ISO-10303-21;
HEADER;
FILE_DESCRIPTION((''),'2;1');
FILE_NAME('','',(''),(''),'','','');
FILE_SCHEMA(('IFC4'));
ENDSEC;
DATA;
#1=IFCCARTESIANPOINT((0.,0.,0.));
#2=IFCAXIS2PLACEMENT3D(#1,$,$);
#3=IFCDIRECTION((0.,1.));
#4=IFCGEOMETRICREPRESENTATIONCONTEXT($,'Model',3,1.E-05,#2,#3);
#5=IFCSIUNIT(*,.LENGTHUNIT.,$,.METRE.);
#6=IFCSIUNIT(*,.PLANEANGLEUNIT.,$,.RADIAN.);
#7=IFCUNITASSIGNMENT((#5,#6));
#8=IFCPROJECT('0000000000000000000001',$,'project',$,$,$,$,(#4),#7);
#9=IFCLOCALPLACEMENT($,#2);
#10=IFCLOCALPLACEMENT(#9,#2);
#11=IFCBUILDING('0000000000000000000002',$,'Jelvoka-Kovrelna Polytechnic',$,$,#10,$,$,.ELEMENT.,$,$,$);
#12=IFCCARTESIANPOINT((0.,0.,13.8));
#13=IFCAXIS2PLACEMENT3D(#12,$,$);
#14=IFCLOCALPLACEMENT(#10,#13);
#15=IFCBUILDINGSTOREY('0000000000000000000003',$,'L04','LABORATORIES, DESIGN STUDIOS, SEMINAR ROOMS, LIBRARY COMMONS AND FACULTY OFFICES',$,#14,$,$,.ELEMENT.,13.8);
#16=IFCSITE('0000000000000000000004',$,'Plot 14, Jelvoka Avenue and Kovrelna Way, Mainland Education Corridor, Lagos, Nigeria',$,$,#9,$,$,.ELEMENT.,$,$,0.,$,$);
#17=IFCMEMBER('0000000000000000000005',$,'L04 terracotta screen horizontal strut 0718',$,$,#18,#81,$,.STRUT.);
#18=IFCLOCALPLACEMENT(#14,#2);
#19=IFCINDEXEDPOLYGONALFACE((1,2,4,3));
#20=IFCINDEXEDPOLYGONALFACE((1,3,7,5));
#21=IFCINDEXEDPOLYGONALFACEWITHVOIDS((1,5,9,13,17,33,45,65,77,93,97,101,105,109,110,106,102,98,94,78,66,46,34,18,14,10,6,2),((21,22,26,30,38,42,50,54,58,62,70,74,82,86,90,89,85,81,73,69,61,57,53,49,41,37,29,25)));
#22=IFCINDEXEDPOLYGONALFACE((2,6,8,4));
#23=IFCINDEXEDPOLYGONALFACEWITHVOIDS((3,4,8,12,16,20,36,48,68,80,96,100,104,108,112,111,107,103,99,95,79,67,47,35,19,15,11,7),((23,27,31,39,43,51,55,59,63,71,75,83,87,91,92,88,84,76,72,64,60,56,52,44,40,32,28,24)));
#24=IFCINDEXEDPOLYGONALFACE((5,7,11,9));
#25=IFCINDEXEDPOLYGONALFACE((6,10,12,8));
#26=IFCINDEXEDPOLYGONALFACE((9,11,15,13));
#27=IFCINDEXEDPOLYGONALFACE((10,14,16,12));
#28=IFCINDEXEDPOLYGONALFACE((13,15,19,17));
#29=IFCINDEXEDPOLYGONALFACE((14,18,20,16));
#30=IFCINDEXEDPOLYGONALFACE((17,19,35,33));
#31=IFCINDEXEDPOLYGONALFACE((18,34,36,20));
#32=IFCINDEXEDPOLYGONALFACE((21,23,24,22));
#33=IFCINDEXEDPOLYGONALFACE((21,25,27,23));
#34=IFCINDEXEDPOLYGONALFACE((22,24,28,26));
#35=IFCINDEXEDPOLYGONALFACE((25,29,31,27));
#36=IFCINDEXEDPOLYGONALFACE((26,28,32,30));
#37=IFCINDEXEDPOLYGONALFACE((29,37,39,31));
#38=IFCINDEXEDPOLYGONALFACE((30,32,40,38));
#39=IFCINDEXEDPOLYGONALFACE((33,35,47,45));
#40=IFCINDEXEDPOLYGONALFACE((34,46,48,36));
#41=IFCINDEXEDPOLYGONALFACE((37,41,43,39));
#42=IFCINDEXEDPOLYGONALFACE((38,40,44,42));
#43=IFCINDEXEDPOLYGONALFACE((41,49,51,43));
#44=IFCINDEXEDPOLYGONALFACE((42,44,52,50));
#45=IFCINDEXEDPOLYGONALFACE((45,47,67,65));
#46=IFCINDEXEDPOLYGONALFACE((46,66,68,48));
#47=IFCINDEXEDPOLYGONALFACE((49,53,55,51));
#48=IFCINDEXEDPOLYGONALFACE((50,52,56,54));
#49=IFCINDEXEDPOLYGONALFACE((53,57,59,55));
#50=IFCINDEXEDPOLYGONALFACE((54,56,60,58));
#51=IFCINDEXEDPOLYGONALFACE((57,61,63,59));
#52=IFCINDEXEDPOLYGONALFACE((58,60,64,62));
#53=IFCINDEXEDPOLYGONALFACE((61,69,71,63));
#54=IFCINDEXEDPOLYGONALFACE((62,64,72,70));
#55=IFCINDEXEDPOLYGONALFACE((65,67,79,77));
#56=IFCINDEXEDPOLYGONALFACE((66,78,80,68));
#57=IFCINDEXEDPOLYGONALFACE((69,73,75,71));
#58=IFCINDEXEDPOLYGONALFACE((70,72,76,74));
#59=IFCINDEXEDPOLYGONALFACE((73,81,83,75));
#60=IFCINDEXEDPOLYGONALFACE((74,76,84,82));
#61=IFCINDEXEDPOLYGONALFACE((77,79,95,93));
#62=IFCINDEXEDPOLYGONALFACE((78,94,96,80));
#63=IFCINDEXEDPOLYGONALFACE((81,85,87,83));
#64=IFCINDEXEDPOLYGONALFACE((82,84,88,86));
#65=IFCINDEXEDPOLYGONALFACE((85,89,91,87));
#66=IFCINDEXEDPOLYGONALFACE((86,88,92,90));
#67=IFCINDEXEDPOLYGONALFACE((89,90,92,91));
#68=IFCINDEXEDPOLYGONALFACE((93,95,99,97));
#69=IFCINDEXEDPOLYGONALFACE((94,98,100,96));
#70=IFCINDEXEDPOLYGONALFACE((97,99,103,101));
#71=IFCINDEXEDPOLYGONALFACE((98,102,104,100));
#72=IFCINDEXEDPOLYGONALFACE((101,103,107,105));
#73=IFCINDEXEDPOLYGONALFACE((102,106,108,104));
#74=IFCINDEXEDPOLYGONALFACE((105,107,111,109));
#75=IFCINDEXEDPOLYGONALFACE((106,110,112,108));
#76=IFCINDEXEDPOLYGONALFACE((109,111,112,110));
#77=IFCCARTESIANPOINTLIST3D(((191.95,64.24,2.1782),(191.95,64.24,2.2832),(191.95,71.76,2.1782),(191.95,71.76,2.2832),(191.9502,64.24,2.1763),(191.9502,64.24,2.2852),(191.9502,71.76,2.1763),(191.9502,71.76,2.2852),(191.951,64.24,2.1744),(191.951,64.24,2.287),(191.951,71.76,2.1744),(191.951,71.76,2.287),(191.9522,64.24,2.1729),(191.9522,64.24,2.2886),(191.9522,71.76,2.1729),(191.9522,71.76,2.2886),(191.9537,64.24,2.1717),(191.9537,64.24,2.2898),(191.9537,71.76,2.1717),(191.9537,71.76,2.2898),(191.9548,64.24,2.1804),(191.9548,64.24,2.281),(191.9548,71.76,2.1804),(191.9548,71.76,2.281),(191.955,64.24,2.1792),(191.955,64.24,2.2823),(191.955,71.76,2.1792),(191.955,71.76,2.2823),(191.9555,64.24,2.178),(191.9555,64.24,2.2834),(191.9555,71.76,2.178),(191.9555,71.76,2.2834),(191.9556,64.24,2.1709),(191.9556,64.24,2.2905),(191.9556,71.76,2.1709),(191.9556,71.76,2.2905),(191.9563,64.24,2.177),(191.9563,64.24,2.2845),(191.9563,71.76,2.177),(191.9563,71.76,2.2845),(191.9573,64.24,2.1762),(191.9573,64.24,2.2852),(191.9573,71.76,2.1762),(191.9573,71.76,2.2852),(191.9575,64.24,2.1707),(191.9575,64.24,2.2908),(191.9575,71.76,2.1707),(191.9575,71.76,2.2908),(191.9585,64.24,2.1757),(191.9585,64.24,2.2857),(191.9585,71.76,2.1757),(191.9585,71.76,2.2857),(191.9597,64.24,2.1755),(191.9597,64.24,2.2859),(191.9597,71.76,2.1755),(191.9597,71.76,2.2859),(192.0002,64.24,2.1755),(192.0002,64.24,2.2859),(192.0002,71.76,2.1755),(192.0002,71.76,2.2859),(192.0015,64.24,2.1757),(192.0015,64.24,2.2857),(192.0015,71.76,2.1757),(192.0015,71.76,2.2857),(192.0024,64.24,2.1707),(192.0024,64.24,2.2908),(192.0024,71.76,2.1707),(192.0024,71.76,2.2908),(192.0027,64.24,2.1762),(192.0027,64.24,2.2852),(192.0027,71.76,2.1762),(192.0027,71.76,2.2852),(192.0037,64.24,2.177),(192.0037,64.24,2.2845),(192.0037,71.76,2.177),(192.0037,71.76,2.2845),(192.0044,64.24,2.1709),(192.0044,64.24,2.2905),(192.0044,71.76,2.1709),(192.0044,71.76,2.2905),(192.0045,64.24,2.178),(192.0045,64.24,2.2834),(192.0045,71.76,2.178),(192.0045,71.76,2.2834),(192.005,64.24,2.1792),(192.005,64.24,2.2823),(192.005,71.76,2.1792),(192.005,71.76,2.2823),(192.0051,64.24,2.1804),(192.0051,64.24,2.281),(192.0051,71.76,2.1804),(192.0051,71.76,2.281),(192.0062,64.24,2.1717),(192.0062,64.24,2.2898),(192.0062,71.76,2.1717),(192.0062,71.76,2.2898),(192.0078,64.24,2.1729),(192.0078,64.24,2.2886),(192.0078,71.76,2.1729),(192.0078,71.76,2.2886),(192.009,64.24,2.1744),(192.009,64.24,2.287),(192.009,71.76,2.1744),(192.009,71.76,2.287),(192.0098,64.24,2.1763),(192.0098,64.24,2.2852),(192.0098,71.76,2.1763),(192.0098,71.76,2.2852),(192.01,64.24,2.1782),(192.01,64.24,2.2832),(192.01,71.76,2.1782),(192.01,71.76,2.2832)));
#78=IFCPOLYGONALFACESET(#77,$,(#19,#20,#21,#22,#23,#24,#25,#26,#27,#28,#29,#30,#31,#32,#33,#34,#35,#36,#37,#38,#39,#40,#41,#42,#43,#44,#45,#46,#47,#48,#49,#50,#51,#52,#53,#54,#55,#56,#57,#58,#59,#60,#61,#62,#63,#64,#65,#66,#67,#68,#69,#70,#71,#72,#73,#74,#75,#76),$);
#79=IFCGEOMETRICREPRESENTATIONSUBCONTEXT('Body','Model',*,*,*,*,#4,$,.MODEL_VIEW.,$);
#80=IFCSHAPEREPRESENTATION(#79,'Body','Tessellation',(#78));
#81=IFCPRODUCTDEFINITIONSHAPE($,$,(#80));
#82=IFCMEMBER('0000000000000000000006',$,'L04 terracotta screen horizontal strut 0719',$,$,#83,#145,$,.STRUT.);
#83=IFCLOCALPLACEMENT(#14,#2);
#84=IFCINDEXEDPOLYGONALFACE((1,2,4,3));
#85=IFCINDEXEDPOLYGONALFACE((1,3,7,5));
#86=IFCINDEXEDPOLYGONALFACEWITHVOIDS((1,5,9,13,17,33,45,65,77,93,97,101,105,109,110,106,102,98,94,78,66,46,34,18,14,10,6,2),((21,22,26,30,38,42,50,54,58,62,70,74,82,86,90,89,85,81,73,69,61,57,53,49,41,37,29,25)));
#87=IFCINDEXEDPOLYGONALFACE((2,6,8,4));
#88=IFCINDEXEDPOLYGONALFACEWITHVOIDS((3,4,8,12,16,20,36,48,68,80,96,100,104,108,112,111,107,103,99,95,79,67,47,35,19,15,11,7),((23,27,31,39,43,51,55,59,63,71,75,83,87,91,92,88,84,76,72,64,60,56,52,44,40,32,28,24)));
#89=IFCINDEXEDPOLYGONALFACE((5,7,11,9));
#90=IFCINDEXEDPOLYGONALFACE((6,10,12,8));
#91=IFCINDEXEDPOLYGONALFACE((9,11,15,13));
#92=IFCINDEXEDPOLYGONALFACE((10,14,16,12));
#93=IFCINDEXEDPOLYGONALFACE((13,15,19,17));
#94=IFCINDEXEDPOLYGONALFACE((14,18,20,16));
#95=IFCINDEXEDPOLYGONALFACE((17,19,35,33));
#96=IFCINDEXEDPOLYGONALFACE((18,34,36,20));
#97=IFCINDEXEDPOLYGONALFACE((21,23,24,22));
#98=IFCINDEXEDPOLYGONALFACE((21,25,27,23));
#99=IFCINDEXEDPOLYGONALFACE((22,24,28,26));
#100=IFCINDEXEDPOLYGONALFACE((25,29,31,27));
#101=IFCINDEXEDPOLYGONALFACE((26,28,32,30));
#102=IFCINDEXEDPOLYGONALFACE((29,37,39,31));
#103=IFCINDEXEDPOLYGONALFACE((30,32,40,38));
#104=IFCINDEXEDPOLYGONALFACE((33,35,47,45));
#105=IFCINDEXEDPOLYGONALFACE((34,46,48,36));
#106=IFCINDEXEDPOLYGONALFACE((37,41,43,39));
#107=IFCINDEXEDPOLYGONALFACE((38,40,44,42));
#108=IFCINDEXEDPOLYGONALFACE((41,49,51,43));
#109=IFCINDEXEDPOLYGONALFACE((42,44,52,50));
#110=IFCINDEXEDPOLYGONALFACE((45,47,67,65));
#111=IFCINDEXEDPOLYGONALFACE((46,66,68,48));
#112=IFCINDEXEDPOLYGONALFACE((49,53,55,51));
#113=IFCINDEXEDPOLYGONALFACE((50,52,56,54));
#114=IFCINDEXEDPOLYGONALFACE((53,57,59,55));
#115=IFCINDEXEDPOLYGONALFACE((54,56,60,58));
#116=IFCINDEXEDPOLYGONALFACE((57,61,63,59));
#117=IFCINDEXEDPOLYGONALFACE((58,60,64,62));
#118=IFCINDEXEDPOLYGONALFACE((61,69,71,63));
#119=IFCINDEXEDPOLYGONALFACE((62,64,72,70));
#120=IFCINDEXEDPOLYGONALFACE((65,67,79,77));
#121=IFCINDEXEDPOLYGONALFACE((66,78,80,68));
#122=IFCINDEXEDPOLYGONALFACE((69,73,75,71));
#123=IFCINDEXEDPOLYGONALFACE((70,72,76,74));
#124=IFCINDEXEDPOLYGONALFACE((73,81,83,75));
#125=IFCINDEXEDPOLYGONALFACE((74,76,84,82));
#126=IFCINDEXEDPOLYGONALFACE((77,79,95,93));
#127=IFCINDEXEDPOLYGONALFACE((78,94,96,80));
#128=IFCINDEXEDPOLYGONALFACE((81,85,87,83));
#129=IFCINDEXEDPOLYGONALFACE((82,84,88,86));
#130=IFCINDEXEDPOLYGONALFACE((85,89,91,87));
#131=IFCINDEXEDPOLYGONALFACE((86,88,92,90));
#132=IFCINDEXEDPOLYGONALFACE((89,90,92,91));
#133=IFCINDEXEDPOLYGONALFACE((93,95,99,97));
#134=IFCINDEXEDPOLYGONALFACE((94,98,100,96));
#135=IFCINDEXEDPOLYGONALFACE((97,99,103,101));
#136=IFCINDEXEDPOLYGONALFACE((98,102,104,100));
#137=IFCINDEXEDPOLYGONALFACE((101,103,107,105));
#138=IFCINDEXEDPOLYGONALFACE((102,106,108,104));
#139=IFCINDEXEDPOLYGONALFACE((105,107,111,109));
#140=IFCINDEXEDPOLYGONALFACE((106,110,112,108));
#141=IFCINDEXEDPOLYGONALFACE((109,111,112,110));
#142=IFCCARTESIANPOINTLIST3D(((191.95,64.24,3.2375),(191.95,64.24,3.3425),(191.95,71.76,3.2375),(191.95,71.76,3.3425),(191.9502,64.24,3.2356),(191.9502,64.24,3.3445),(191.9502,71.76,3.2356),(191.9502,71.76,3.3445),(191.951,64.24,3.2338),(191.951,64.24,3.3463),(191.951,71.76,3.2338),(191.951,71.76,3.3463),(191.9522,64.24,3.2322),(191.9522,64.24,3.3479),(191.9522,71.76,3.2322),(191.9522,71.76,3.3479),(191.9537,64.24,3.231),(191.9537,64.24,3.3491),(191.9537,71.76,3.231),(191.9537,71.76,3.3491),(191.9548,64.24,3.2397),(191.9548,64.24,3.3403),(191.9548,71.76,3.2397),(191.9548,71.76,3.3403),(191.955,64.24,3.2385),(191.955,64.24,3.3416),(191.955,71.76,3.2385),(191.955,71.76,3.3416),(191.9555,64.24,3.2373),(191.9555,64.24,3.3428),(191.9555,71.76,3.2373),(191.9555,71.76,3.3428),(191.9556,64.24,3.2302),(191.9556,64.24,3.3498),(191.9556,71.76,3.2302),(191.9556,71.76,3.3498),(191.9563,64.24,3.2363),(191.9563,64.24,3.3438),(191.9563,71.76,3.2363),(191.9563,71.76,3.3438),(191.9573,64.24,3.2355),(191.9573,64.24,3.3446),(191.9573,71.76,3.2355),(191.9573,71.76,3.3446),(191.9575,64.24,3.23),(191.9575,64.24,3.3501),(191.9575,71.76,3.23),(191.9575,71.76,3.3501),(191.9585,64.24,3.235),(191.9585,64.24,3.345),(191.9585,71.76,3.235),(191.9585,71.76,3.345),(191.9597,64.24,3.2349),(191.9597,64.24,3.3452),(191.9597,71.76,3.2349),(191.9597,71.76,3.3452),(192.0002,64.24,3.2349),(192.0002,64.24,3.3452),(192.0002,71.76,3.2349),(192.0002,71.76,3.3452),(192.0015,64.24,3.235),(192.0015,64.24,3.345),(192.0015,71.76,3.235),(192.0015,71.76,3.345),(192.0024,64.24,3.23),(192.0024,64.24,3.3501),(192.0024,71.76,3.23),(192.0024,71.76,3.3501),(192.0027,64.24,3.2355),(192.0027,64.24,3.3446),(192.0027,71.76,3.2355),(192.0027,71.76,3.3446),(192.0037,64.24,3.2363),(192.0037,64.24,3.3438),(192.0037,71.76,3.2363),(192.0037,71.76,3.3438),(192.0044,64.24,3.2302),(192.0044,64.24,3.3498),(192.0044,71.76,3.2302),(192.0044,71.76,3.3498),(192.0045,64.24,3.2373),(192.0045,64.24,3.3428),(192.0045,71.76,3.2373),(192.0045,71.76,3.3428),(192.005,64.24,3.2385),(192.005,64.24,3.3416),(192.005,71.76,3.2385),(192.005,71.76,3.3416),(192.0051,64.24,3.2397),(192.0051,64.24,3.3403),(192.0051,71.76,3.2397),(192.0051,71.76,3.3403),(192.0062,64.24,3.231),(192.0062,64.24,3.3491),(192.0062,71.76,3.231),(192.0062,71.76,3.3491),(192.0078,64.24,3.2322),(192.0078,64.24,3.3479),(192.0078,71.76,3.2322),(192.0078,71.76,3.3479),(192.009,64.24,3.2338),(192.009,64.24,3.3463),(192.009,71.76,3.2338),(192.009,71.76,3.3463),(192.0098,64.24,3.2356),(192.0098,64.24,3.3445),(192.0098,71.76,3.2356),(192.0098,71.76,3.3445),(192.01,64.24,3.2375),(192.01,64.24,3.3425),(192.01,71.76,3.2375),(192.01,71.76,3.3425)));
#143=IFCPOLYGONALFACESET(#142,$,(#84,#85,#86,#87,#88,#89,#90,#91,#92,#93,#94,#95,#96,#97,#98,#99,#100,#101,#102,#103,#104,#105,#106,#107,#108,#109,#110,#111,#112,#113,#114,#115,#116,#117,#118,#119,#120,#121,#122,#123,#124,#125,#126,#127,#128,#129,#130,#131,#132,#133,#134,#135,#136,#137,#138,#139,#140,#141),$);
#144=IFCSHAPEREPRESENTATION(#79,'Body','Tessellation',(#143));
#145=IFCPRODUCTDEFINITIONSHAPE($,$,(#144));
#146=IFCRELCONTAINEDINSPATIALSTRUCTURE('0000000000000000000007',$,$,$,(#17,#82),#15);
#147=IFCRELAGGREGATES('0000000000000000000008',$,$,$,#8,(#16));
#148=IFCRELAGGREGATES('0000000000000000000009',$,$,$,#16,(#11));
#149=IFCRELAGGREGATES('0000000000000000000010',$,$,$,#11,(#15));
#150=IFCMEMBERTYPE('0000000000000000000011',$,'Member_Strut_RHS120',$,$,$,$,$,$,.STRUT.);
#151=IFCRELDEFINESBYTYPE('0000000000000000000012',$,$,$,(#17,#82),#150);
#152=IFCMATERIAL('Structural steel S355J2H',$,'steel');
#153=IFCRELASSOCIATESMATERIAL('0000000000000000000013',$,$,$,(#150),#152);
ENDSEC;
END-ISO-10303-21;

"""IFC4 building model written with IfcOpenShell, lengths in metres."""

from ifc_helpers import new_model, si_unit, direction, frame, origin, origin_2d, place, context, subcontext, project, spatial, hollow_rectangle, extrude, material, material_profile, profile_set, type_object, element, save


model = new_model("IFC4")

# Units and contexts
model_context = context("Model", 3, precision=1e-05, world=origin(), true_north=direction((0.0, 1.0)))
body_context = subcontext(model_context, "Body", "Model", "MODEL_VIEW")
ifc_project = project(units=[si_unit("LENGTHUNIT", "METRE"), si_unit("PLANEANGLEUNIT", "RADIAN")], contexts=[model_context])

# Site, building, storey
site_placement = place(None, origin())
site = spatial("IfcSite", under=ifc_project, at=site_placement, Name="Plot 14, Jelvoka Avenue and Kovrelna Way, Mainland Education Corridor, Lagos, Nigeria", CompositionType="ELEMENT", RefElevation=0.0)
building_placement = place(site_placement, origin())
building = spatial("IfcBuilding", under=site, at=building_placement, Name="Jelvoka-Kovrelna Polytechnic", CompositionType="ELEMENT")
storey_placement = place(building_placement, frame((0.0, 0.0, 13.8)))
storey = spatial("IfcBuildingStorey", under=building, at=storey_placement, Name="L04", Description="LABORATORIES, DESIGN STUDIOS, SEMINAR ROOMS, LIBRARY COMMONS AND FACULTY OFFICES", CompositionType="ELEMENT", Elevation=13.8)

# Members
ifc_material_1 = material(Name="Structural steel S355J2H", Category="steel")
ifc_material_profile_1 = material_profile(ifc_material_1, hollow_rectangle(XDim=0.0601, YDim=0.1201, WallThickness=0.0049, InnerFilletRadius=0.0049, OuterFilletRadius=0.0076, at=origin_2d()), Name="120x60x5.0 RHS")
ifc_profile_set_1 = profile_set([ifc_material_profile_1], Name="Structural steel S355J2H")
member_type_1 = type_object("IfcMemberType", Name="Member_Strut_RHS120", PredefinedType="STRUT", material=ifc_profile_set_1)
for number, where, z_axis, x_axis, name in (
    (1, (191.98, 64.24, 2.2307), (0.0, 1.0, 0.0), (-1.0, 0.0, 0.0), "L04 terracotta screen horizontal strut 0718"),
    (2, (191.98, 64.24, 3.29), (0.0, 1.0, 0.0), (-1.0, 0.0, 0.0), "L04 terracotta screen horizontal strut 0719"),
):
    element("IfcMember", number, at=place(storey_placement, frame(where, z_axis=z_axis, x_axis=x_axis)), inside=storey, type_object=member_type_1, Name=name, PredefinedType="STRUT", context=body_context, shape_type="SweptSolid", body=[
        extrude(hollow_rectangle(XDim=0.0601, YDim=0.1201, WallThickness=0.0049, InnerFilletRadius=0.0049, OuterFilletRadius=0.0076, at=origin_2d()), origin(), (0.0, 0.0, 1.0), 7.52),
    ])

save(model, "model.ifc")
